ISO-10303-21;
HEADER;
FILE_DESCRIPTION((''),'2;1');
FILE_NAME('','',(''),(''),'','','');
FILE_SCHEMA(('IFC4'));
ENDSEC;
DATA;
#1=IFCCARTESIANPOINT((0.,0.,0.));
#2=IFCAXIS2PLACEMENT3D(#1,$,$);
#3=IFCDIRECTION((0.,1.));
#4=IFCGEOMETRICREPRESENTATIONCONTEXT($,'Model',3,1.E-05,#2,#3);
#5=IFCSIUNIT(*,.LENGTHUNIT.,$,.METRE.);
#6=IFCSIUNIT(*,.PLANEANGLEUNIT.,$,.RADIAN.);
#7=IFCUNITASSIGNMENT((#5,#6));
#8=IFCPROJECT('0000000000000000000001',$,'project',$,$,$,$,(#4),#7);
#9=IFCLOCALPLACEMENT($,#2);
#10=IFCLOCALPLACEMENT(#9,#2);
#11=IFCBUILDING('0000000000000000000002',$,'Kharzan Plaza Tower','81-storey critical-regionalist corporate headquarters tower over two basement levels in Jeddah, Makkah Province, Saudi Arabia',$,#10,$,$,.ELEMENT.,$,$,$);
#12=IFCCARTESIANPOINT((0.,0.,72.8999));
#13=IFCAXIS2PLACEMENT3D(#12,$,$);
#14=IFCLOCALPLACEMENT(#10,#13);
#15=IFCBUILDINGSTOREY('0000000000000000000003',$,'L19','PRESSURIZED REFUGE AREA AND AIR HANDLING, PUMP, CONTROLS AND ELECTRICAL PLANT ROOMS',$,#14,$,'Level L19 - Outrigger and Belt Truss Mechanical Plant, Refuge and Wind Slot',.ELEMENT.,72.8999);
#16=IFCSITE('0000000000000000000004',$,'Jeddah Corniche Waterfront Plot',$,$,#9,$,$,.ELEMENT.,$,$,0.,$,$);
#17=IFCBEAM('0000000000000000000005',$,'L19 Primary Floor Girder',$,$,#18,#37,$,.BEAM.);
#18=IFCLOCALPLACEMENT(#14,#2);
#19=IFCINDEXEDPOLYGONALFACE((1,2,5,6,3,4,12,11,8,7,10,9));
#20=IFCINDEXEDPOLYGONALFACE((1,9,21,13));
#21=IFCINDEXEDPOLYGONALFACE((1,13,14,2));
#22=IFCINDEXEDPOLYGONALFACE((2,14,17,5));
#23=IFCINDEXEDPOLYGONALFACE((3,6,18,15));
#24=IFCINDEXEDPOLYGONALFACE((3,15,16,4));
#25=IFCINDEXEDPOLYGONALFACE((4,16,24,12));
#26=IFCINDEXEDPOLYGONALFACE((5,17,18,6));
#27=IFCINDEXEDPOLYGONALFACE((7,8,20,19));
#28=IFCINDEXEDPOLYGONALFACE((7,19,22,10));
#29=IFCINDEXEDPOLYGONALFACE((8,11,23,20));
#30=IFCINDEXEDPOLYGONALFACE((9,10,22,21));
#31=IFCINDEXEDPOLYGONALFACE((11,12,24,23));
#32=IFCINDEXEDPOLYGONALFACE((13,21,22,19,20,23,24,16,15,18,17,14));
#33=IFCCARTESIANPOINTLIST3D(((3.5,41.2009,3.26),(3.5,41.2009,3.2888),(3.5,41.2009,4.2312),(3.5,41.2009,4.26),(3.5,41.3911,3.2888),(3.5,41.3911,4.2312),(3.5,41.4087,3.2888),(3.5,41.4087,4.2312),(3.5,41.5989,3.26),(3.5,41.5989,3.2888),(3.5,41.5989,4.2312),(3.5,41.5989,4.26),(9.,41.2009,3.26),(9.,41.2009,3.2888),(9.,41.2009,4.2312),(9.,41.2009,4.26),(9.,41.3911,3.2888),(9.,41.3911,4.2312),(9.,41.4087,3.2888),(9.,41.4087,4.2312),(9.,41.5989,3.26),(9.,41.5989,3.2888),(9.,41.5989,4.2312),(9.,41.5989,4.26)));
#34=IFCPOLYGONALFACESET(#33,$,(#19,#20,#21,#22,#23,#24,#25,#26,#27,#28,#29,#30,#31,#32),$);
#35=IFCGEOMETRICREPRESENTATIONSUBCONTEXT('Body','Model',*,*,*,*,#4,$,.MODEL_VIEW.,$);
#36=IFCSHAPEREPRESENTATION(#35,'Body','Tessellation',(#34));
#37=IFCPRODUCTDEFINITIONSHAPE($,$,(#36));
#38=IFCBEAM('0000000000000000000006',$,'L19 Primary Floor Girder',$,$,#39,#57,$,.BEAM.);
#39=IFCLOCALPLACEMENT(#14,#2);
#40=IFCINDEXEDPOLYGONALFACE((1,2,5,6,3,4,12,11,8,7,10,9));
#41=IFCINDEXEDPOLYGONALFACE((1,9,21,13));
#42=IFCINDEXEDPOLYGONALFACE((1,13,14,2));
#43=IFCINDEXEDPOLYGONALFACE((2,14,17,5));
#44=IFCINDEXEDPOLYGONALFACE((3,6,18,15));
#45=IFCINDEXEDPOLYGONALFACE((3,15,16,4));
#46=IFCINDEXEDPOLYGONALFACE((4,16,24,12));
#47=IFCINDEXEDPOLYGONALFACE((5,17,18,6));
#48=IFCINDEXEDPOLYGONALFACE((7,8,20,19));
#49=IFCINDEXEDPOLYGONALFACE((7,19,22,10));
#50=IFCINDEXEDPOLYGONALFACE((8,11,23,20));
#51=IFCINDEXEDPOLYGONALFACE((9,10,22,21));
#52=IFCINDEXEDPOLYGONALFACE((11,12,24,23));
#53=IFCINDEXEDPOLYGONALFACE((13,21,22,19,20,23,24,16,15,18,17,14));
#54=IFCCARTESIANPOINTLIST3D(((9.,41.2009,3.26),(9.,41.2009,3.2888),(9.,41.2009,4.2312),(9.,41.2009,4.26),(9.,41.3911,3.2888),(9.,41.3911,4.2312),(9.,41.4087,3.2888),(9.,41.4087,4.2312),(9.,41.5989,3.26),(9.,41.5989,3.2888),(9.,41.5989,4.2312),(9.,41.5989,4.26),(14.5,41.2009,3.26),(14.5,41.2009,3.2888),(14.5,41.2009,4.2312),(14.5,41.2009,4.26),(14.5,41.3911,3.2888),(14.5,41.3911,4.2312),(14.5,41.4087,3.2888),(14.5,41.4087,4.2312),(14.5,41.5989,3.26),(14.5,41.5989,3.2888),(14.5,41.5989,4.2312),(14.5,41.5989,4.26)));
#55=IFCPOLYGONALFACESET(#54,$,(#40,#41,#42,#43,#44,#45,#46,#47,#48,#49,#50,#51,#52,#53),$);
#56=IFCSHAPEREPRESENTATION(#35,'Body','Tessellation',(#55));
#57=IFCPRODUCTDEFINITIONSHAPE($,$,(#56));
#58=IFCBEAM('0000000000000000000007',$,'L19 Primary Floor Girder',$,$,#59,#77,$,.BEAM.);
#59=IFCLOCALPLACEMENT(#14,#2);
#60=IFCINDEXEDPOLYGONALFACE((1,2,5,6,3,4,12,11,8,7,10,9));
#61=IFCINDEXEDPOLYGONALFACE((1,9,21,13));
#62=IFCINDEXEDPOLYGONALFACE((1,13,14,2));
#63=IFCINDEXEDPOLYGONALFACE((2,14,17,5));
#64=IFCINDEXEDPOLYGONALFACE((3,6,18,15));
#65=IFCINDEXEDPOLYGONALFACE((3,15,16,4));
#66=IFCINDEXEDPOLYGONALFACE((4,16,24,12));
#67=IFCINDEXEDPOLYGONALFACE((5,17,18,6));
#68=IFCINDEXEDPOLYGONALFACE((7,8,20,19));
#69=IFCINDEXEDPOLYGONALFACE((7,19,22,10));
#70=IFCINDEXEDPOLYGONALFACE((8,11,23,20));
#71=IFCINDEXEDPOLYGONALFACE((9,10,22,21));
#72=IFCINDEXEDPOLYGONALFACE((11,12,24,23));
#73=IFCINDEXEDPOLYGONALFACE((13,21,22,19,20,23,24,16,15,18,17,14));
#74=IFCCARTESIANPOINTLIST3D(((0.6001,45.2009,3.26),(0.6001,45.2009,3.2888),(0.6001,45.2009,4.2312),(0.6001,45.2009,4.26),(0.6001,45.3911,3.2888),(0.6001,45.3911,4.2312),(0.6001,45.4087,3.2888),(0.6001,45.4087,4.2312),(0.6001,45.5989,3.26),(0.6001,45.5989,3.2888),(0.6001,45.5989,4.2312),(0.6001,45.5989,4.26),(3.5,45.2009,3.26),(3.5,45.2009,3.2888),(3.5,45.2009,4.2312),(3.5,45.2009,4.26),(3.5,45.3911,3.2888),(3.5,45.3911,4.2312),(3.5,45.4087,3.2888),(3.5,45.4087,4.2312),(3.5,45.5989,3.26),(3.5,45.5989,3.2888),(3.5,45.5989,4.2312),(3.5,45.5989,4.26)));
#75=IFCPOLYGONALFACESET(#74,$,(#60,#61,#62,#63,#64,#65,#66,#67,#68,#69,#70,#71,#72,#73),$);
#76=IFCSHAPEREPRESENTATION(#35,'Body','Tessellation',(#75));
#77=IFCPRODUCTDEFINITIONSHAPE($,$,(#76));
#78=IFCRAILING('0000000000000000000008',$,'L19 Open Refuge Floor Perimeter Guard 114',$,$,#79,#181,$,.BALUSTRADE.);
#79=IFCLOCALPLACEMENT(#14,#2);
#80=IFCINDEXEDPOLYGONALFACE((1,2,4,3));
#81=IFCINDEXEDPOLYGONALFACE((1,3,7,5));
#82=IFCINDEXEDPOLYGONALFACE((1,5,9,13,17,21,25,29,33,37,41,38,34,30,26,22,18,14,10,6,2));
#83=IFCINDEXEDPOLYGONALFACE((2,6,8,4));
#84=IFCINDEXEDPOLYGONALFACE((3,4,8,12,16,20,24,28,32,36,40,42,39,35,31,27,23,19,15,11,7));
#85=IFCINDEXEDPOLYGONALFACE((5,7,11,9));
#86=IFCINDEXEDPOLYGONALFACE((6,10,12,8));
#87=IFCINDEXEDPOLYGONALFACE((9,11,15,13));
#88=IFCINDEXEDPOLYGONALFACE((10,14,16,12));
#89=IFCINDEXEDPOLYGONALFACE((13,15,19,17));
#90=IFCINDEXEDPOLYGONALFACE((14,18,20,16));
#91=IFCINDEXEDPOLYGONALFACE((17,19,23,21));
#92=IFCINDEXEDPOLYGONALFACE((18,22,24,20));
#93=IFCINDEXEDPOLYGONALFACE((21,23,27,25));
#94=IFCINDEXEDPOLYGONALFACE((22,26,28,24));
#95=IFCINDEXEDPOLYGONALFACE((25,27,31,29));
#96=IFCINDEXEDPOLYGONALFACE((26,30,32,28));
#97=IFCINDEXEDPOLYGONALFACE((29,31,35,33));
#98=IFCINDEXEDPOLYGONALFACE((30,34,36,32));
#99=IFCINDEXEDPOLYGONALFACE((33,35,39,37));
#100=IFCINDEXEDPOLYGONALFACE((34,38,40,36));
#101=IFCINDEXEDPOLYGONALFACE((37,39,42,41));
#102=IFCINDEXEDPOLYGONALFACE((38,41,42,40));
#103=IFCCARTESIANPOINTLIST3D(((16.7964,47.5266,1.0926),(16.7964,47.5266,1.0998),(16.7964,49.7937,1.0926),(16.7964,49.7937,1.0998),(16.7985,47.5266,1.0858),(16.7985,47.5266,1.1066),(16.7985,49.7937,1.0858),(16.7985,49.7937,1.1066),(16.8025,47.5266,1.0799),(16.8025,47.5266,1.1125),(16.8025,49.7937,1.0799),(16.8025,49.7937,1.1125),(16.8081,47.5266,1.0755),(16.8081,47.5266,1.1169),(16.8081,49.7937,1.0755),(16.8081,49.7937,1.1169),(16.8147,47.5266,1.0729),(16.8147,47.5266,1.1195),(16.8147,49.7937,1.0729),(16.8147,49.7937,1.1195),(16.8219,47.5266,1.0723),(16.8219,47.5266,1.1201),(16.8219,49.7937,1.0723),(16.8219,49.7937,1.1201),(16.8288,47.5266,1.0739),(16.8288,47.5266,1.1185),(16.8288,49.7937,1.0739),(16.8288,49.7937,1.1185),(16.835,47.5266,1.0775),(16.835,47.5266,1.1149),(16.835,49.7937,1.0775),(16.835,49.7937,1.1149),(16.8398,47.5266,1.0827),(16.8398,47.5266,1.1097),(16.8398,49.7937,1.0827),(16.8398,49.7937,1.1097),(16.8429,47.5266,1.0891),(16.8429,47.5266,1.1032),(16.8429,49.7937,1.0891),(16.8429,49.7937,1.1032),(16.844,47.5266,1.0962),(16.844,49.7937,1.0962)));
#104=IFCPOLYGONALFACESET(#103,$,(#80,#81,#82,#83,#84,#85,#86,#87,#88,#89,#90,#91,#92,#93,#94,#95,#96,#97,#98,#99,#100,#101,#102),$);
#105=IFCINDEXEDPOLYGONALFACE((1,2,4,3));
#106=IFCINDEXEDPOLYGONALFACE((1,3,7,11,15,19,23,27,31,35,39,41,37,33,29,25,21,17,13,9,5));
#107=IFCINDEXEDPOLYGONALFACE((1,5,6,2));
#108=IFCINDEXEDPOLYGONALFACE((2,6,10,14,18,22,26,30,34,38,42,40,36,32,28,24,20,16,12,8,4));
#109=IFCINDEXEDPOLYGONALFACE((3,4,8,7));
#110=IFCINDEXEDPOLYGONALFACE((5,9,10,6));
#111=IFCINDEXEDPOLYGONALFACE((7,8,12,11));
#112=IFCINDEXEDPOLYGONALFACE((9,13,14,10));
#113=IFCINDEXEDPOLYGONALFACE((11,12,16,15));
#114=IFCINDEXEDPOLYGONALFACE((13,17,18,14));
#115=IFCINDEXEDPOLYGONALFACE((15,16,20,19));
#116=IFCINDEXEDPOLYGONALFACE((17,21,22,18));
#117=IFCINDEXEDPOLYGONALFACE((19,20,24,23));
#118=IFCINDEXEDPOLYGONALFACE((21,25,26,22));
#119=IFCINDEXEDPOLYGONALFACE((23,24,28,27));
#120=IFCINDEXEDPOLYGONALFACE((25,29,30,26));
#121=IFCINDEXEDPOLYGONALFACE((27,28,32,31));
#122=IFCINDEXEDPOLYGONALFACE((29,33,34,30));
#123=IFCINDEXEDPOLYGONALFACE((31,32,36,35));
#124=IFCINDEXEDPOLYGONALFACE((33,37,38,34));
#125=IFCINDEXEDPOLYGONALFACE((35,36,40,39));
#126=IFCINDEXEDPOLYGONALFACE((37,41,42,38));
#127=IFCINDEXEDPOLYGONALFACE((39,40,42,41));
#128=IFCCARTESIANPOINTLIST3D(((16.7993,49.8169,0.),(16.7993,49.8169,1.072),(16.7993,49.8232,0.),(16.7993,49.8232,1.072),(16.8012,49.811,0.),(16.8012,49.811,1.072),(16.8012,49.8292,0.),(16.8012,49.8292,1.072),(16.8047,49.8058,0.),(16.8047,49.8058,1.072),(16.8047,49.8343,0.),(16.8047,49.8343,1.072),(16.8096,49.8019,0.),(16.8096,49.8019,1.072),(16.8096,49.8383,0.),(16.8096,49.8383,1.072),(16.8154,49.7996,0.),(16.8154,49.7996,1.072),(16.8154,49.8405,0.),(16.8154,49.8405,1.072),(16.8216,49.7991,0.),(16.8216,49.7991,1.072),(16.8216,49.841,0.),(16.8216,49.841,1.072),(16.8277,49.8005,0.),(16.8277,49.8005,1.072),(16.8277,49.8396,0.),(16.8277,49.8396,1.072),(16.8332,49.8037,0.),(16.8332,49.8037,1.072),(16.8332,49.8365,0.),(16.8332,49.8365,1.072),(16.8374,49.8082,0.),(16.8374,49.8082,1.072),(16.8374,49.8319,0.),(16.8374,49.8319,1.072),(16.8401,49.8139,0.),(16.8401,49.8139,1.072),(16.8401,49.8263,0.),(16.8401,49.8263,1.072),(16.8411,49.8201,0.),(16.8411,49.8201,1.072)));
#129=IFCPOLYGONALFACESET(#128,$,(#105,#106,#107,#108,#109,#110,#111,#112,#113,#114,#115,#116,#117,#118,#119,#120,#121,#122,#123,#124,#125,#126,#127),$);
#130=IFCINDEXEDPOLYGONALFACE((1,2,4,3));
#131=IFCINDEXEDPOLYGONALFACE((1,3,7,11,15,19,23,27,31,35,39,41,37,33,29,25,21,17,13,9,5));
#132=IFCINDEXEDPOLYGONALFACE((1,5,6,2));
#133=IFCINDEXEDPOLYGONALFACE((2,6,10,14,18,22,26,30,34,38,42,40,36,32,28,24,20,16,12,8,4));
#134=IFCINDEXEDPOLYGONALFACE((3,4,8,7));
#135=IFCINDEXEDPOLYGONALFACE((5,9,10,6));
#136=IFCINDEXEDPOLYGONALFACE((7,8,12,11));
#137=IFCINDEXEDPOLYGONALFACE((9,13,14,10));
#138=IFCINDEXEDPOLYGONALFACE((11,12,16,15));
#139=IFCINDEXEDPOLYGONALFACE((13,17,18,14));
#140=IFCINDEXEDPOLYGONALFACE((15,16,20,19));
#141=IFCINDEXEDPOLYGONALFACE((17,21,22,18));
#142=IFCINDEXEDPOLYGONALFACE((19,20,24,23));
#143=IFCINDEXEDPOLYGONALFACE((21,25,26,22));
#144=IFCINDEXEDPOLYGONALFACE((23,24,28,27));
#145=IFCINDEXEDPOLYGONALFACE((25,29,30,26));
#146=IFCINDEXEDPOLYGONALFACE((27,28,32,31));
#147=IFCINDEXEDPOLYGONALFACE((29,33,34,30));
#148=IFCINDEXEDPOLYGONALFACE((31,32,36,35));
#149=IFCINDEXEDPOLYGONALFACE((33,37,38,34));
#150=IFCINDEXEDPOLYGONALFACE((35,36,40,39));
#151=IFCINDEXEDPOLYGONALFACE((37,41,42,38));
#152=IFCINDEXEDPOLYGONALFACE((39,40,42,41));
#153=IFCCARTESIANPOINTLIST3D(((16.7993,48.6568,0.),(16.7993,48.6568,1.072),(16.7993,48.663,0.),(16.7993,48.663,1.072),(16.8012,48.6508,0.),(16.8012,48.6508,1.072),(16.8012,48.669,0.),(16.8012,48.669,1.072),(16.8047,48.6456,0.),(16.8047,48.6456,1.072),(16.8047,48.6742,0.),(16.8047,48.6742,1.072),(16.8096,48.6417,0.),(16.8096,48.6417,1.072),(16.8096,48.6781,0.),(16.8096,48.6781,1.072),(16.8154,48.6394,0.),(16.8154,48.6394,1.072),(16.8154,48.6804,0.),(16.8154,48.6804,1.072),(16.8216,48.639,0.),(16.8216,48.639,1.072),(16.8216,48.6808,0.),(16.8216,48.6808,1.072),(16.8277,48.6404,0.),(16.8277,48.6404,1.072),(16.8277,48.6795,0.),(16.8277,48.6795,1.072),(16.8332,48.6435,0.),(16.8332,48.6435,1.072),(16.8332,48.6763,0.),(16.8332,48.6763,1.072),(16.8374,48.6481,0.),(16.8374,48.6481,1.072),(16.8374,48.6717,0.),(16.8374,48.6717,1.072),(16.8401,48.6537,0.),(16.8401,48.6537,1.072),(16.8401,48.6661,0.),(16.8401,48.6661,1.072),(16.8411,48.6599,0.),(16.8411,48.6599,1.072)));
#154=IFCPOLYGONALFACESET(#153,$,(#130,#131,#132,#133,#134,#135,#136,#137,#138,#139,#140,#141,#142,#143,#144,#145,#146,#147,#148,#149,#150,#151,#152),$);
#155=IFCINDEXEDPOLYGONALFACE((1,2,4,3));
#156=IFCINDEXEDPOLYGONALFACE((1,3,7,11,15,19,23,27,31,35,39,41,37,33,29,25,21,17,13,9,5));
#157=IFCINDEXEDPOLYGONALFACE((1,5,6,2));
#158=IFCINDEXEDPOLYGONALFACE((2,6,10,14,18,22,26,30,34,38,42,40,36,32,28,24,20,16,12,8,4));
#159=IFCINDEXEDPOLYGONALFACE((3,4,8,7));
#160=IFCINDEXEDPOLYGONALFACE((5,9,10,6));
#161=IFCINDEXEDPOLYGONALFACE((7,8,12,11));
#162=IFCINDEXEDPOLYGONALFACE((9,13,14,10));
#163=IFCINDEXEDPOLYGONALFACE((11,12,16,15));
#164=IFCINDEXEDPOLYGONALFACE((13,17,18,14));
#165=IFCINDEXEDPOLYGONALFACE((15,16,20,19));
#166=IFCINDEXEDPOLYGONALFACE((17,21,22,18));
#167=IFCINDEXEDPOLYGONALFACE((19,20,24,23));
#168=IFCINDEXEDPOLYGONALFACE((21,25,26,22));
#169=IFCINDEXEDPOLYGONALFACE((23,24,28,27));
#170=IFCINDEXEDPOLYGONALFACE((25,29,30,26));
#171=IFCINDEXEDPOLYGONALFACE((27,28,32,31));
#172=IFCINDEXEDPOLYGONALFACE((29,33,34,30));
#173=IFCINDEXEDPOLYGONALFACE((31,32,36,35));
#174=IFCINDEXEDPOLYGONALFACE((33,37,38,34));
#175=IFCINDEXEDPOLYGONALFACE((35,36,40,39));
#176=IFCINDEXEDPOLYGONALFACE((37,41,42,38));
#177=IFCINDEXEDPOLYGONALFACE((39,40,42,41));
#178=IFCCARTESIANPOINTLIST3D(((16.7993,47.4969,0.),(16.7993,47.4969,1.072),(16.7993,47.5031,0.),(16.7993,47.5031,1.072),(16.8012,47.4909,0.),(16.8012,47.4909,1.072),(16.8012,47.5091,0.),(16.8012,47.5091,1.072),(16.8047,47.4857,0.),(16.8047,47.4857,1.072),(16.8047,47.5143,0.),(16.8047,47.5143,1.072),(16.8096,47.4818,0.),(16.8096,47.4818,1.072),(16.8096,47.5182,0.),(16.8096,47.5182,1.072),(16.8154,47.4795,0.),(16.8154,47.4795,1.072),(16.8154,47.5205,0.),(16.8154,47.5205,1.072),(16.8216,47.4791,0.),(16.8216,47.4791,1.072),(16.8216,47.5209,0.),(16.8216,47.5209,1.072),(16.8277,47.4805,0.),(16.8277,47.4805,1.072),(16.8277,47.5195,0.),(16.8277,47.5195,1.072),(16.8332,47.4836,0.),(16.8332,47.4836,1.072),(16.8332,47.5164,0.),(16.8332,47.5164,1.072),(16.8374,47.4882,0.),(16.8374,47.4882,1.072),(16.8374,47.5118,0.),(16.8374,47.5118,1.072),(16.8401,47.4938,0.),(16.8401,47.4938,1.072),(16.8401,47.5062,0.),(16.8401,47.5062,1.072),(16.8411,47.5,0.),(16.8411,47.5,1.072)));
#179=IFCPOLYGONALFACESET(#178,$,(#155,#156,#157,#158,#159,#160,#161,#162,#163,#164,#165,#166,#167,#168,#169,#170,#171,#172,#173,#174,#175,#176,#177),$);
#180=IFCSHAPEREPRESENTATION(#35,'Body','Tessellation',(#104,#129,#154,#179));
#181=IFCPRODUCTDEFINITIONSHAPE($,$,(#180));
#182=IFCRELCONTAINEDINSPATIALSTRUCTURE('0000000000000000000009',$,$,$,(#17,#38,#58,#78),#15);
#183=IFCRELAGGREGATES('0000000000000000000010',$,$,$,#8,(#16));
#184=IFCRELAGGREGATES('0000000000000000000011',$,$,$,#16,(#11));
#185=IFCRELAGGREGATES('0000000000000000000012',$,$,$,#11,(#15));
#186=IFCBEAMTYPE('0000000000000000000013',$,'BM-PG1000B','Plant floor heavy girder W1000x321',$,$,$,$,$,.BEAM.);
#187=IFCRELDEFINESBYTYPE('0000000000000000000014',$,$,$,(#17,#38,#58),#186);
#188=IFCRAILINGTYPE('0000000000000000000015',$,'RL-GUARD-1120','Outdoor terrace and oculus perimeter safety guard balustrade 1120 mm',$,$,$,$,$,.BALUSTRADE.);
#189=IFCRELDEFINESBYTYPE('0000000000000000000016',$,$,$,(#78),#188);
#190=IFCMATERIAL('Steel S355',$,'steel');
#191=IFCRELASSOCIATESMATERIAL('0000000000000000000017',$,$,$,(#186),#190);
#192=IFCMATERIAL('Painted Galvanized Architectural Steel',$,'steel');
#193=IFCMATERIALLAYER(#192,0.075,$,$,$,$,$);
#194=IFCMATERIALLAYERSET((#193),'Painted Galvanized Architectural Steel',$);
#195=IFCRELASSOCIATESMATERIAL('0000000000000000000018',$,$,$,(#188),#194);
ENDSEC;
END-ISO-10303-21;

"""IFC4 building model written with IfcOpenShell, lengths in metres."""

from ifc_helpers import new_model, si_unit, direction, frame, origin, origin_2d, place, context, subcontext, project, spatial, circle, i_section, extrude, source, transform, mapped, material, layer, layer_set, material_profile, profile_set, type_object, element, save


model = new_model("IFC4")

# Units and contexts
model_context = context("Model", 3, precision=1e-05, world=origin(), true_north=direction((0.0, 1.0)))
body_context = subcontext(model_context, "Body", "Model", "MODEL_VIEW")
ifc_project = project(units=[si_unit("LENGTHUNIT", "METRE"), si_unit("PLANEANGLEUNIT", "RADIAN")], contexts=[model_context])

# Site, building, storey
site_placement = place(None, origin())
site = spatial("IfcSite", under=ifc_project, at=site_placement, Name="Jeddah Corniche Waterfront Plot", CompositionType="ELEMENT", RefElevation=0.0)
building_placement = place(site_placement, origin())
building = spatial("IfcBuilding", under=site, at=building_placement, Name="Kharzan Plaza Tower", Description="81-storey critical-regionalist corporate headquarters tower over two basement levels in Jeddah, Makkah Province, Saudi Arabia", CompositionType="ELEMENT")
storey_placement = place(building_placement, frame((0.0, 0.0, 72.8999)))
storey = spatial("IfcBuildingStorey", under=building, at=storey_placement, Name="L19", Description="PRESSURIZED REFUGE AREA AND AIR HANDLING, PUMP, CONTROLS AND ELECTRICAL PLANT ROOMS", LongName="Level L19 - Outrigger and Belt Truss Mechanical Plant, Refuge and Wind Slot", CompositionType="ELEMENT", Elevation=72.8999)

# Beams
ifc_material_1 = material(Name="Steel S355", Category="steel")
ifc_material_profile_1 = material_profile(ifc_material_1, i_section(OverallWidth=0.3979, OverallDepth=1.0, WebThickness=0.0176, FlangeThickness=0.0288, at=origin_2d()), Name="W1000x321")
ifc_profile_set_1 = profile_set([ifc_material_profile_1], Name="Steel S355")
beam_type_1 = type_object("IfcBeamType", Name="BM-PG1000B", Description="Plant floor heavy girder W1000x321", PredefinedType="BEAM", material=ifc_profile_set_1)
shared_shape_1 = source(origin(), body_context, "Body", "SweptSolid", [
    extrude(i_section(OverallWidth=0.3979, OverallDepth=1.0, WebThickness=0.0176, FlangeThickness=0.0288, at=origin_2d()), origin(), (0.0, 0.0, 1.0), 5.5),
])
for number, where, z_axis, x_axis, name in (
    (1, (3.5, 41.3999, 3.76), (1.0, 0.0, 0.0), (0.0, 1.0, 0.0), "L19 Primary Floor Girder"),
    (2, (9.0, 41.3999, 3.76), (1.0, 0.0, 0.0), (0.0, 1.0, 0.0), "L19 Primary Floor Girder"),
):
    element("IfcBeam", number, at=place(storey_placement, frame(where, z_axis=z_axis, x_axis=x_axis)), inside=storey, type_object=beam_type_1, Name=name, PredefinedType="BEAM", context=body_context, shape_type="MappedRepresentation", body=[
        mapped(shared_shape_1, transform((0.0, 0.0, 0.0), x_axis=(1.0, 0.0, 0.0), y_axis=(0.0, 1.0, 0.0), z_axis=(0.0, 0.0, 1.0))),
    ])
shared_shape_2 = source(origin(), body_context, "Body", "SweptSolid", [
    extrude(i_section(OverallWidth=0.3979, OverallDepth=1.0, WebThickness=0.0176, FlangeThickness=0.0288, at=origin_2d()), origin(), (0.0, 0.0, 1.0), 2.8999),
])
beam_1_placement = place(storey_placement, frame((0.6001, 45.3999, 3.76), z_axis=(1.0, 0.0, 0.0), x_axis=(0.0, 1.0, 0.0)))
element("IfcBeam", 3, at=beam_1_placement, inside=storey, type_object=beam_type_1, Name="L19 Primary Floor Girder", PredefinedType="BEAM", context=body_context, shape_type="MappedRepresentation", body=[
    mapped(shared_shape_2, transform((0.0, 0.0, 0.0), x_axis=(1.0, 0.0, 0.0), y_axis=(0.0, 1.0, 0.0), z_axis=(0.0, 0.0, 1.0))),
])

# Railing
ifc_material_2 = material(Name="Painted Galvanized Architectural Steel", Category="steel")
ifc_layer = layer(ifc_material_2, 0.075)
ifc_layer_set = layer_set([ifc_layer], Name="Painted Galvanized Architectural Steel")
railing_type = type_object("IfcRailingType", Name="RL-GUARD-1120", Description="Outdoor terrace and oculus perimeter safety guard balustrade 1120 mm", PredefinedType="BALUSTRADE", material=ifc_layer_set)
shared_shape_3 = source(origin(), body_context, "Body", "SweptSolid", [
    extrude(circle(Radius=0.0239, at=origin_2d()), frame((0.0, -0.0264, 1.0962), z_axis=(0.0, -1.0, 0.0), x_axis=(1.0, 0.0, 0.0)), (0.0, 0.0, 1.0), 2.2671),
    extrude(circle(Radius=0.021, at=origin_2d()), origin(), (0.0, 0.0, 1.0), 1.072),
    extrude(circle(Radius=0.021, at=origin_2d()), frame((0.0, -1.1602, 0.0)), (0.0, 0.0, 1.0), 1.072),
    extrude(circle(Radius=0.021, at=origin_2d()), frame((0.0, -2.3201, 0.0)), (0.0, 0.0, 1.0), 1.072),
])
railing_1_placement = place(storey_placement, frame((16.8201, 49.8201, 0.0)))
element("IfcRailing", 4, at=railing_1_placement, inside=storey, type_object=railing_type, Name="L19 Open Refuge Floor Perimeter Guard 114", PredefinedType="BALUSTRADE", context=body_context, shape_type="MappedRepresentation", body=[
    mapped(shared_shape_3, transform((0.0, 0.0, 0.0), x_axis=(1.0, 0.0, 0.0), y_axis=(0.0, 1.0, 0.0), z_axis=(0.0, 0.0, 1.0))),
])

save(model, "model.ifc")
